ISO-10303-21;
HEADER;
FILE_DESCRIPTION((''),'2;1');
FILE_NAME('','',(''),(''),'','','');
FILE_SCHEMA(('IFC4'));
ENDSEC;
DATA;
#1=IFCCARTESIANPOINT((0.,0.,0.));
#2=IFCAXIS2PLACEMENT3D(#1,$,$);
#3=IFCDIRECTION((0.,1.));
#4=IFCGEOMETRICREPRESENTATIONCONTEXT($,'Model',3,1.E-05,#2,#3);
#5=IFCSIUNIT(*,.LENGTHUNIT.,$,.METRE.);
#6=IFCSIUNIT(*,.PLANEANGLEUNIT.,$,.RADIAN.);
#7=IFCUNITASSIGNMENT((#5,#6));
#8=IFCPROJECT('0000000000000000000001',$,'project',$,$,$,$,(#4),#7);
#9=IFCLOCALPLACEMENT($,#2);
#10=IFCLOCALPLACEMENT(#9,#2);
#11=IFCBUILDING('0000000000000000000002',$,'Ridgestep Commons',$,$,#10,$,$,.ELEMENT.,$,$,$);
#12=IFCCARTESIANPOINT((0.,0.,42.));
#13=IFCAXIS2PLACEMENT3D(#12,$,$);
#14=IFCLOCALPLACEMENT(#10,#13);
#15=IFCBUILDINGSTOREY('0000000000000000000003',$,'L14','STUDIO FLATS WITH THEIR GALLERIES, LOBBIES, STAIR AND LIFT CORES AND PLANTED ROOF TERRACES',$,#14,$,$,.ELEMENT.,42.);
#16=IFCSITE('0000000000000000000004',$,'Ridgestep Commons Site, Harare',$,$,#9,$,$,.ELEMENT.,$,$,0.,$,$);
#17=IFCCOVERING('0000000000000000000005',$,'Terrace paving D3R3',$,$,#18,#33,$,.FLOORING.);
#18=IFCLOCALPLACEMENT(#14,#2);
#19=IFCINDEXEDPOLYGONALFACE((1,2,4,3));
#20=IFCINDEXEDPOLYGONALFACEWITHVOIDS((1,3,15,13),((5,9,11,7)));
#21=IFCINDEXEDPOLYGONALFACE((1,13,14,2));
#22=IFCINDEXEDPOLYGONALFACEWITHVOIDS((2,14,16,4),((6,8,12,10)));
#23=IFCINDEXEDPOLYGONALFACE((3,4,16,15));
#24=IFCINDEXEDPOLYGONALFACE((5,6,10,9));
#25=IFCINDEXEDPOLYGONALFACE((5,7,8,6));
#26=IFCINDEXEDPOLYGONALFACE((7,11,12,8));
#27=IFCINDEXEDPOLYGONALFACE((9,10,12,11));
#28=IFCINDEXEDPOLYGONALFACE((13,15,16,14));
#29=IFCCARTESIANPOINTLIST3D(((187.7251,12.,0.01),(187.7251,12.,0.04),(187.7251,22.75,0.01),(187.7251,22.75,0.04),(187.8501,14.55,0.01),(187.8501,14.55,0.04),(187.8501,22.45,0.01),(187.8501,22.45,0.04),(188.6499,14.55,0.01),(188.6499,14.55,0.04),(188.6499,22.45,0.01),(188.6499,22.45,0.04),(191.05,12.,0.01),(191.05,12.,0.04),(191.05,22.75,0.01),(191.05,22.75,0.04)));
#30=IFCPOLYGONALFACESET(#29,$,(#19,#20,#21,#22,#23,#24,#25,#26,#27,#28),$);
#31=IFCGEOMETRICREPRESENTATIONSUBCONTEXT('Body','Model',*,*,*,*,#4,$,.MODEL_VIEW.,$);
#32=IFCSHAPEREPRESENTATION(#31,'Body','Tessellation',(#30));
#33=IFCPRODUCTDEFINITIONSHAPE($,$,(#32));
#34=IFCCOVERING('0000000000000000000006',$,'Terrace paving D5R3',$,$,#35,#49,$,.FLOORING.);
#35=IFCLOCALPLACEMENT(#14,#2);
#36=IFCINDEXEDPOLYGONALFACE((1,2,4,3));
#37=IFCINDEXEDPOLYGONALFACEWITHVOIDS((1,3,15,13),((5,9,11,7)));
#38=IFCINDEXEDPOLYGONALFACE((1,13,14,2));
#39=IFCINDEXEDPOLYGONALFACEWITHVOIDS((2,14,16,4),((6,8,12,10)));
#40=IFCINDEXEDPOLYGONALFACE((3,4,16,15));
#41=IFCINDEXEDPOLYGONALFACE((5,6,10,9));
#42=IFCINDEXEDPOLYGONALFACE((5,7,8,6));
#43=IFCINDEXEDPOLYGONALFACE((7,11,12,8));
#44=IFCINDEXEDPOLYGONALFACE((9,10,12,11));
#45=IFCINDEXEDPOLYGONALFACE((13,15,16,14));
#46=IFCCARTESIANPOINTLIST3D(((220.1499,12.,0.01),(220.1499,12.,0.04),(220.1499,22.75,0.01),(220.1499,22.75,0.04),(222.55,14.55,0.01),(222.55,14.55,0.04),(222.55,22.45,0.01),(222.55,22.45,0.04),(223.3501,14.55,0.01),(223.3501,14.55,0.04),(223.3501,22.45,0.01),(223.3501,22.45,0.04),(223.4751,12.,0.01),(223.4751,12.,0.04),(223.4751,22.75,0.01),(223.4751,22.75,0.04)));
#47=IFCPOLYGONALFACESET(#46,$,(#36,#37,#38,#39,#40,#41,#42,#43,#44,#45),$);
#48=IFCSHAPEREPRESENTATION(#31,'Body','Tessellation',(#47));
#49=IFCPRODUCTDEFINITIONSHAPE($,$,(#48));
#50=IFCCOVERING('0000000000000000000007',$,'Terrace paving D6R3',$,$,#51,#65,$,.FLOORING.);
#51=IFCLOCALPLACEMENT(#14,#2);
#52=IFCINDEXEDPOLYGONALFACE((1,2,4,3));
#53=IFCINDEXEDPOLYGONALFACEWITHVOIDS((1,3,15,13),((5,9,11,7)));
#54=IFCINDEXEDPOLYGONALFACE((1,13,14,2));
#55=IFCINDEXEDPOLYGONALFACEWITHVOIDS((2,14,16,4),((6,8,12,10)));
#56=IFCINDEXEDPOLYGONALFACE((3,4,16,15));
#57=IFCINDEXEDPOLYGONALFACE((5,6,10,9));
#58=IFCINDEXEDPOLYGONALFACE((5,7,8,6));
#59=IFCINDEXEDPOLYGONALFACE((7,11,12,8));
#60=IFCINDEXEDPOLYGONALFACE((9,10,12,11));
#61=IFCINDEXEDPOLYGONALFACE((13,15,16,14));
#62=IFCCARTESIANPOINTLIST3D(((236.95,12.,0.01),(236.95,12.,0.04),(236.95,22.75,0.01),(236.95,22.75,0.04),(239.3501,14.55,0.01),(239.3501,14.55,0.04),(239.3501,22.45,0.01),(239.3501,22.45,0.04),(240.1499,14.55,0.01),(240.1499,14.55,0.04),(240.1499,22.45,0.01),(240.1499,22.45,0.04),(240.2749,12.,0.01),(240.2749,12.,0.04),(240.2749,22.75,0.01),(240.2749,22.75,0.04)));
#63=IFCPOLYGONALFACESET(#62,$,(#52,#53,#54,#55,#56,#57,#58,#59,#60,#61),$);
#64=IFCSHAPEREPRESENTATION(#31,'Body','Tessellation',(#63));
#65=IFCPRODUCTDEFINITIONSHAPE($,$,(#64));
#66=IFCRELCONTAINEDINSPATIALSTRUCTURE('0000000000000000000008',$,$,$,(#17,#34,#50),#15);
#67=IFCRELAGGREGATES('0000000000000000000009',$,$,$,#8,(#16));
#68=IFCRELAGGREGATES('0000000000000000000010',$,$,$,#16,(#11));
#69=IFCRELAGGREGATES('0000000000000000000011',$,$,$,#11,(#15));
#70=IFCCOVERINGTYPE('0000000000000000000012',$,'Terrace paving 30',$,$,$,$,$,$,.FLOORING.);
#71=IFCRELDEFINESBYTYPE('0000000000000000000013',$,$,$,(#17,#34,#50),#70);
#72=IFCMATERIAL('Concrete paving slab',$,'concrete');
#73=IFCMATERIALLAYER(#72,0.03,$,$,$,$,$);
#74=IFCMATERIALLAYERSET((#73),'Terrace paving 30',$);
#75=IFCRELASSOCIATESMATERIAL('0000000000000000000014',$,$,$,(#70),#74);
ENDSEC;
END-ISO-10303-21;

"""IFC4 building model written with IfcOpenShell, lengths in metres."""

from ifc_helpers import new_model, si_unit, direction, frame, origin, place, context, subcontext, project, spatial, polyline, outline, extrude, material, layer, layer_set, type_object, element, save


model = new_model("IFC4")

# Units and contexts
model_context = context("Model", 3, precision=1e-05, world=origin(), true_north=direction((0.0, 1.0)))
body_context = subcontext(model_context, "Body", "Model", "MODEL_VIEW")
ifc_project = project(units=[si_unit("LENGTHUNIT", "METRE"), si_unit("PLANEANGLEUNIT", "RADIAN")], contexts=[model_context])

# Site, building, storey
site_placement = place(None, origin())
site = spatial("IfcSite", under=ifc_project, at=site_placement, Name="Ridgestep Commons Site, Harare", CompositionType="ELEMENT", RefElevation=0.0)
building_placement = place(site_placement, origin())
building = spatial("IfcBuilding", under=site, at=building_placement, Name="Ridgestep Commons", CompositionType="ELEMENT")
storey_placement = place(building_placement, frame((0.0, 0.0, 42.0)))
storey = spatial("IfcBuildingStorey", under=building, at=storey_placement, Name="L14", Description="STUDIO FLATS WITH THEIR GALLERIES, LOBBIES, STAIR AND LIFT CORES AND PLANTED ROOF TERRACES", CompositionType="ELEMENT", Elevation=42.0)

# Coverings
ifc_material_1 = material(Name="Concrete paving slab", Category="concrete")
ifc_layer_1 = layer(ifc_material_1, 0.03)
ifc_layer_set_1 = layer_set([ifc_layer_1], Name="Terrace paving 30")
covering_type_1 = type_object("IfcCoveringType", Name="Terrace paving 30", PredefinedType="FLOORING", material=ifc_layer_set_1)
covering_1_placement = place(storey_placement, frame((0.0, 0.0, 0.01)))
element("IfcCovering", 1, at=covering_1_placement, inside=storey, type_object=covering_type_1, Name="Terrace paving D3R3", PredefinedType="FLOORING", context=body_context, shape_type="SweptSolid", body=[
    extrude(outline(polyline([(191.05, 12.0), (191.05, 22.75), (187.7251, 22.75), (187.7251, 12.0), (191.05, 12.0)]), holes=[polyline([(188.6499, 14.55), (188.6499, 22.45), (187.8501, 22.45), (187.8501, 14.55), (188.6499, 14.55)])]), origin(), (0.0, 0.0, 1.0), 0.03),
])
covering_2_placement = place(storey_placement, frame((0.0, 0.0, 0.01)))
element("IfcCovering", 2, at=covering_2_placement, inside=storey, type_object=covering_type_1, Name="Terrace paving D5R3", PredefinedType="FLOORING", context=body_context, shape_type="SweptSolid", body=[
    extrude(outline(polyline([(223.4751, 12.0), (223.4751, 22.75), (220.1499, 22.75), (220.1499, 12.0), (223.4751, 12.0)]), holes=[polyline([(223.3501, 14.55), (223.3501, 22.45), (222.55, 22.45), (222.55, 14.55), (223.3501, 14.55)])]), origin(), (0.0, 0.0, 1.0), 0.03),
])
covering_3_placement = place(storey_placement, frame((0.0, 0.0, 0.01)))
element("IfcCovering", 3, at=covering_3_placement, inside=storey, type_object=covering_type_1, Name="Terrace paving D6R3", PredefinedType="FLOORING", context=body_context, shape_type="SweptSolid", body=[
    extrude(outline(polyline([(240.2749, 12.0), (240.2749, 22.75), (236.95, 22.75), (236.95, 12.0), (240.2749, 12.0)]), holes=[polyline([(240.1499, 14.55), (240.1499, 22.45), (239.3501, 22.45), (239.3501, 14.55), (240.1499, 14.55)])]), origin(), (0.0, 0.0, 1.0), 0.03),
])

save(model, "model.ifc")
